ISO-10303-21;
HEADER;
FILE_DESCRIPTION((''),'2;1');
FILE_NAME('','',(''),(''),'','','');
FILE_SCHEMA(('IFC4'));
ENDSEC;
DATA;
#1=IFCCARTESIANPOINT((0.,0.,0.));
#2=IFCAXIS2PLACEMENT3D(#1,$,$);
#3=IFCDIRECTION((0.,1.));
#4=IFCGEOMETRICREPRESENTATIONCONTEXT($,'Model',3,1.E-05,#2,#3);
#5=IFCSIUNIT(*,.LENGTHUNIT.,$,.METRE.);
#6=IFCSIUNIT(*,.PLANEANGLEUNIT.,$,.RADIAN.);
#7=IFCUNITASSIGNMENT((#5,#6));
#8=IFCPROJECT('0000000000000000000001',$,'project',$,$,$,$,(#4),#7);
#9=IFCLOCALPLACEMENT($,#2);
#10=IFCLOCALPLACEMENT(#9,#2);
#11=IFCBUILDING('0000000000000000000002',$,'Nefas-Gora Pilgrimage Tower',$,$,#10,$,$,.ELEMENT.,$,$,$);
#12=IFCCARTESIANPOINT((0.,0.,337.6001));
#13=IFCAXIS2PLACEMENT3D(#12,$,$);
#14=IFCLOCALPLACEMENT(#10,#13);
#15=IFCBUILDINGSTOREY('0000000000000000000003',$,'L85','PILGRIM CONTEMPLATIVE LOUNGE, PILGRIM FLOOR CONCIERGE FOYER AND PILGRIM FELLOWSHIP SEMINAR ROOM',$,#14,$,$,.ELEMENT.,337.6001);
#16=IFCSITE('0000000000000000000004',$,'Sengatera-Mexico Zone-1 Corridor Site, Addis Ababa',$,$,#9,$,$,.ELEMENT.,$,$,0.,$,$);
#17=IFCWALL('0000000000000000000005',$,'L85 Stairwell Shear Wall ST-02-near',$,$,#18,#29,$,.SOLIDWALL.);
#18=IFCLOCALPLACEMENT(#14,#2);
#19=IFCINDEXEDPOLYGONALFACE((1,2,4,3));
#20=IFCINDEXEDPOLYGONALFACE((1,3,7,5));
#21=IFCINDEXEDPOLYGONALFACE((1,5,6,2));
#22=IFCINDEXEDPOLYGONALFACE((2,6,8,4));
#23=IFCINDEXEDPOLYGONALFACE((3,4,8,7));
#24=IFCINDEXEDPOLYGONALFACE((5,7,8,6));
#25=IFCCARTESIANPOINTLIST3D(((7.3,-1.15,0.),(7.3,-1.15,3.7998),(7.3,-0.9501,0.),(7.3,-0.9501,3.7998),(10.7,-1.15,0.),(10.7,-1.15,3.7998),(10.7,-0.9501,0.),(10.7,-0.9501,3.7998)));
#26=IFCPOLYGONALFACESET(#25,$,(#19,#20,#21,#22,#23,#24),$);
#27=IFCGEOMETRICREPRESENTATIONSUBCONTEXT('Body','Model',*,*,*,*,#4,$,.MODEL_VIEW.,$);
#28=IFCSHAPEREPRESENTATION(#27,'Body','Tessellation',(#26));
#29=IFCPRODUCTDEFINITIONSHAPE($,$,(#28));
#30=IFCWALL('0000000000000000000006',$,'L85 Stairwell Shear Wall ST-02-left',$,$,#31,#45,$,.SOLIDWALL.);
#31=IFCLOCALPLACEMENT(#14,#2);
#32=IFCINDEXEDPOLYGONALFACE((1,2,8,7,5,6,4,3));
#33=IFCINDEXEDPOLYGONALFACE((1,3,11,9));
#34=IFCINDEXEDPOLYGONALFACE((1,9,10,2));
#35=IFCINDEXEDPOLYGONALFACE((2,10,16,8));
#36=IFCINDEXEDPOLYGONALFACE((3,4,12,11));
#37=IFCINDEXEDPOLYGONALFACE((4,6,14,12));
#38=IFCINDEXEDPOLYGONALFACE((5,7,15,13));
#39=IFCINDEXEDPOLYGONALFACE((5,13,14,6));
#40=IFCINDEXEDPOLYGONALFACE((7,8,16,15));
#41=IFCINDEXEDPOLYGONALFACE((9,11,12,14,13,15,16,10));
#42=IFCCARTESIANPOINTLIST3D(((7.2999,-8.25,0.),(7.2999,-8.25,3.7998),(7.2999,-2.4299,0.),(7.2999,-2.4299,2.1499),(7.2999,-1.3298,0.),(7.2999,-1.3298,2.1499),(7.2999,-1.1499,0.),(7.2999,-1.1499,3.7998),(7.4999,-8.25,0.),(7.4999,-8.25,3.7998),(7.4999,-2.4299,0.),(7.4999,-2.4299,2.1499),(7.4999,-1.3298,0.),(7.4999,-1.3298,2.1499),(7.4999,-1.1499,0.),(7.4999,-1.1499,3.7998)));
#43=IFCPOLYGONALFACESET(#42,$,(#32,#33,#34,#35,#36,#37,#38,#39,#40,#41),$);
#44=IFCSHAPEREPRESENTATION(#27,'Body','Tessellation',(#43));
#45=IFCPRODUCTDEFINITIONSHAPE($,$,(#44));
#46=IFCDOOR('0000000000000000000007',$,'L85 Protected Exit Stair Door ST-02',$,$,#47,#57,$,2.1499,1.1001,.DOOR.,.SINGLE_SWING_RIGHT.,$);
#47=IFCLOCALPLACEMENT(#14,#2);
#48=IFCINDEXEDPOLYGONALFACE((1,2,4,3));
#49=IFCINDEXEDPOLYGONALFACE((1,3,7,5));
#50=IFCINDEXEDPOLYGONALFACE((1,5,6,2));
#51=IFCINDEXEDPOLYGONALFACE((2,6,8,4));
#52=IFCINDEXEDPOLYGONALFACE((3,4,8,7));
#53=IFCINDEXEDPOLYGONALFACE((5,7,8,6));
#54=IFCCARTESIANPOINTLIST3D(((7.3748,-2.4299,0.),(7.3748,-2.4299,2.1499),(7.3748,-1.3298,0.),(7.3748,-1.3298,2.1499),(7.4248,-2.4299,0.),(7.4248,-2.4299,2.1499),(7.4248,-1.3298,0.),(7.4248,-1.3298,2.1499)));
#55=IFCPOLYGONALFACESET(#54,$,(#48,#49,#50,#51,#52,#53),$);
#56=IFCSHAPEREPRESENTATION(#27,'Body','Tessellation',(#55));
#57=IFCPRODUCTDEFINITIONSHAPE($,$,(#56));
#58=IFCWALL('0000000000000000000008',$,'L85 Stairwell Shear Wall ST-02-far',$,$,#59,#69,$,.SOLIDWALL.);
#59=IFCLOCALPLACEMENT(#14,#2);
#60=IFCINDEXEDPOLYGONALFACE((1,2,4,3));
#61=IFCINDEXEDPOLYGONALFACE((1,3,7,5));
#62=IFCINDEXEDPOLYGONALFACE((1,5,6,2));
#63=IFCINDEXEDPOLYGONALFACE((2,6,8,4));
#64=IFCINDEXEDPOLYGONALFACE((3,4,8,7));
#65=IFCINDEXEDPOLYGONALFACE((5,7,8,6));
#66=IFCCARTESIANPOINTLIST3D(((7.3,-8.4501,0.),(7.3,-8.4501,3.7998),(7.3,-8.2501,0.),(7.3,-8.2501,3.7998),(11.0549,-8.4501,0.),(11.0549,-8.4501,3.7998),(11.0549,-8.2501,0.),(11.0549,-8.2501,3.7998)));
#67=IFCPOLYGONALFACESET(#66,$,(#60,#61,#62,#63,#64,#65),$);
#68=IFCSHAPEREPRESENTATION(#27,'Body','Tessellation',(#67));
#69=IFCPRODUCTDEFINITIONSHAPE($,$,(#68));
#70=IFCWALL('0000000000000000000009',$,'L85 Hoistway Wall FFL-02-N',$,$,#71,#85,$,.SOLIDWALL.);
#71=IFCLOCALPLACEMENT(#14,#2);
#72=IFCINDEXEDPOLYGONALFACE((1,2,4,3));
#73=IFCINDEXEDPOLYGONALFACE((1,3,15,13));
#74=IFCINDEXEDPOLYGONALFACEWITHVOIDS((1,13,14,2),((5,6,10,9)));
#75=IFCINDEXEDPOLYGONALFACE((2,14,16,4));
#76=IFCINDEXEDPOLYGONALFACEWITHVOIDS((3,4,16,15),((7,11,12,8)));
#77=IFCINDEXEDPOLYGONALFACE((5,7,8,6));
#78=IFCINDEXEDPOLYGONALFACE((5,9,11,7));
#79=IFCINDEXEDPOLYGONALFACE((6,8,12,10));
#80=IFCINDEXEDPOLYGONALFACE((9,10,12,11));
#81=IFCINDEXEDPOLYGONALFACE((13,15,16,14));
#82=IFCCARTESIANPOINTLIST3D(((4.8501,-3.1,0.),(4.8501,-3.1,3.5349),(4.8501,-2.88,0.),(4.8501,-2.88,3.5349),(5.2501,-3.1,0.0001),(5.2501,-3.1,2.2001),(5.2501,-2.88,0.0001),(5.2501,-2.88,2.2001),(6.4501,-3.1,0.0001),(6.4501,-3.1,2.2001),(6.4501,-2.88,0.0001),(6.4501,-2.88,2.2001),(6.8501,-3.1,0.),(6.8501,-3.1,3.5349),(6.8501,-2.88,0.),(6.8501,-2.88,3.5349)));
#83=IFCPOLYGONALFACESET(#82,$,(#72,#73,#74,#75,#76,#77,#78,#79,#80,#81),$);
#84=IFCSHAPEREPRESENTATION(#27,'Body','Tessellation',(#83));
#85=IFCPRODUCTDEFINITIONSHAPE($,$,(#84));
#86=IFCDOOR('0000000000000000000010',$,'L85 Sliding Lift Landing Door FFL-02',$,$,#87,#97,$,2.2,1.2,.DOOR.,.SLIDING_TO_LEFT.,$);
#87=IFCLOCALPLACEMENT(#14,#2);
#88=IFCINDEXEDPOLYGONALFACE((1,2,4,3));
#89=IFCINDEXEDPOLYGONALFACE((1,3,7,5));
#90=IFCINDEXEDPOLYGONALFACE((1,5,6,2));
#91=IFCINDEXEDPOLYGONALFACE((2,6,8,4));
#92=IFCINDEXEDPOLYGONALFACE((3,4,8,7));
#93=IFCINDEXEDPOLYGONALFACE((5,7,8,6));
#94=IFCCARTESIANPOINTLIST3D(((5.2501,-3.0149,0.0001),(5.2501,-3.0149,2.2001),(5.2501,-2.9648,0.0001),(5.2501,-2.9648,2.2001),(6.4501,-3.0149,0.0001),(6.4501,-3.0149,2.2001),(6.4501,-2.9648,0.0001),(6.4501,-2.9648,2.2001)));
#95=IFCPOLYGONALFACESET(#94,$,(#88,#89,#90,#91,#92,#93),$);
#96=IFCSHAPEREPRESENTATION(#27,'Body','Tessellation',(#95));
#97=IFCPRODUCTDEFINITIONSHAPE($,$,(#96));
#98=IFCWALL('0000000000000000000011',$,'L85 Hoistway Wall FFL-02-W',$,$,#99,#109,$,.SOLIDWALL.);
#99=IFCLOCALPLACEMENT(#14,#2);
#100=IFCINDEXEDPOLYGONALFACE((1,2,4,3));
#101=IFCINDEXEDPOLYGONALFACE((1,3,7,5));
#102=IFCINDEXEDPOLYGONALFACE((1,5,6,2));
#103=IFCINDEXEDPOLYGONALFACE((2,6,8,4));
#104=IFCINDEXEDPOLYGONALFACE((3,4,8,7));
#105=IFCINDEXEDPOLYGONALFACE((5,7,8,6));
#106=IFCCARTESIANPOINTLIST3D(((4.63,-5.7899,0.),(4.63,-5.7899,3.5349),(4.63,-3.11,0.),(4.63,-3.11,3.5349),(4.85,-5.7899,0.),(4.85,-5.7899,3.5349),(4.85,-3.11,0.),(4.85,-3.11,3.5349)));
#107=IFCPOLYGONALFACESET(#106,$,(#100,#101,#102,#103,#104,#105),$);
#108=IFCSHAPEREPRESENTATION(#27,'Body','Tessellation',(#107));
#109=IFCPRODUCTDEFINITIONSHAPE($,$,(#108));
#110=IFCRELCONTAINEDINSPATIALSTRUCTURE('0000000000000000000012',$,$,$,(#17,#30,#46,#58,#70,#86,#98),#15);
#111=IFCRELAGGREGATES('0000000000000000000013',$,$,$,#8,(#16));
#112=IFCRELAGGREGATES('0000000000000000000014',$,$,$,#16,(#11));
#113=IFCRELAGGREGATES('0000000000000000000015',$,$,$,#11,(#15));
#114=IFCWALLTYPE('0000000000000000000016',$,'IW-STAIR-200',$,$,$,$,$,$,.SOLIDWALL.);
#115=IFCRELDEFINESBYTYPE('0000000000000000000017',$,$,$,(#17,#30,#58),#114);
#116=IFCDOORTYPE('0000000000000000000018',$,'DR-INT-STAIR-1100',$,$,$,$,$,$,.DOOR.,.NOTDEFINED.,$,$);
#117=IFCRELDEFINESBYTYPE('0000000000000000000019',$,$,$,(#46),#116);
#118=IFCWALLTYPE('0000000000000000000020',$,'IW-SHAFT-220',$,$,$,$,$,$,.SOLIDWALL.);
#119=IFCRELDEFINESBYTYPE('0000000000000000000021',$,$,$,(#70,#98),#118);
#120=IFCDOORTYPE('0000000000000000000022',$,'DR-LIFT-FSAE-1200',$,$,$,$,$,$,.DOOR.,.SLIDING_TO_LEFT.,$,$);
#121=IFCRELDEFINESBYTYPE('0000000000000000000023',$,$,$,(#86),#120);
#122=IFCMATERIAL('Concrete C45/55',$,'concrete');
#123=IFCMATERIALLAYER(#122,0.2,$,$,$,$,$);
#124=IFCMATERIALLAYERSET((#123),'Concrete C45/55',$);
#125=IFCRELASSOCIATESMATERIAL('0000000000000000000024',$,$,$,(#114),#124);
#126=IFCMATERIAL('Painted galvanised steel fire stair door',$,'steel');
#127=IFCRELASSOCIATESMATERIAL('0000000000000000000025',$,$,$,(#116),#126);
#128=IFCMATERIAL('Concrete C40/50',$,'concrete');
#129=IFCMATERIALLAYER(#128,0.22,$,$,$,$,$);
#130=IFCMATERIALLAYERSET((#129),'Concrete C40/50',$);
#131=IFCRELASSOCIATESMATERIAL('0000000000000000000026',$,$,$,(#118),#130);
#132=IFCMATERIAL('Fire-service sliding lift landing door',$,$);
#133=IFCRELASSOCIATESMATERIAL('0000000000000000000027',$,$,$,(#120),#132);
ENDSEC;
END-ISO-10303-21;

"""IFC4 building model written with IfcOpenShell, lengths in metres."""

from ifc_helpers import new_model, si_unit, direction, frame, frame_2d, origin, place, context, subcontext, project, spatial, rectangle, extrude, source, transform, mapped, material, layer, layer_set, type_object, element, fill, save


model = new_model("IFC4")

# Units and contexts
model_context = context("Model", 3, precision=1e-05, world=origin(), true_north=direction((0.0, 1.0)))
body_context = subcontext(model_context, "Body", "Model", "MODEL_VIEW")
ifc_project = project(units=[si_unit("LENGTHUNIT", "METRE"), si_unit("PLANEANGLEUNIT", "RADIAN")], contexts=[model_context])

# Site, building, storey
site_placement = place(None, origin())
site = spatial("IfcSite", under=ifc_project, at=site_placement, Name="Sengatera-Mexico Zone-1 Corridor Site, Addis Ababa", CompositionType="ELEMENT", RefElevation=0.0)
building_placement = place(site_placement, origin())
building = spatial("IfcBuilding", under=site, at=building_placement, Name="Nefas-Gora Pilgrimage Tower", CompositionType="ELEMENT")
storey_placement = place(building_placement, frame((0.0, 0.0, 337.6001)))
storey = spatial("IfcBuildingStorey", under=building, at=storey_placement, Name="L85", Description="PILGRIM CONTEMPLATIVE LOUNGE, PILGRIM FLOOR CONCIERGE FOYER AND PILGRIM FELLOWSHIP SEMINAR ROOM", CompositionType="ELEMENT", Elevation=337.6001)

# Wall
ifc_material_1 = material(Name="Concrete C45/55", Category="concrete")
ifc_layer_1 = layer(ifc_material_1, 0.2)
ifc_layer_set_1 = layer_set([ifc_layer_1], Name="Concrete C45/55")
wall_type_1 = type_object("IfcWallType", Name="IW-STAIR-200", PredefinedType="SOLIDWALL", material=ifc_layer_set_1)
shared_shape_1 = source(origin(), body_context, "Body", "SweptSolid", [
    extrude(rectangle(XDim=3.3999, YDim=0.2, at=frame_2d((1.7, 0.0))), origin(), (0.0, 0.0, 1.0), 3.7998),
])
wall_1_placement = place(storey_placement, frame((7.3, -1.05, 0.0), z_axis=(0.0, 0.0, 1.0), x_axis=(1.0, 0.0, 0.0)))
element("IfcWall", 1, at=wall_1_placement, inside=storey, type_object=wall_type_1, Name="L85 Stairwell Shear Wall ST-02-near", PredefinedType="SOLIDWALL", context=body_context, shape_type="MappedRepresentation", body=[
    mapped(shared_shape_1, transform((0.0, 0.0, 0.0), x_axis=(1.0, 0.0, 0.0), y_axis=(0.0, 1.0, 0.0), z_axis=(0.0, 0.0, 1.0), scale=1.0)),
])

# Wall, opening, door
shared_shape_2 = source(origin(), body_context, "Body", "SweptSolid", [
    extrude(rectangle(XDim=7.1001, YDim=0.2, at=frame_2d((3.55, 0.0))), origin(), (0.0, 0.0, 1.0), 3.7998),
])
wall_2_placement = place(storey_placement, frame((7.3999, -1.1499, 0.0), z_axis=(0.0, 0.0, 1.0), x_axis=(0.0, -1.0, 0.0)))
wall_2 = element("IfcWall", 2, at=wall_2_placement, inside=storey, type_object=wall_type_1, Name="L85 Stairwell Shear Wall ST-02-left", PredefinedType="SOLIDWALL", context=body_context, shape_type="MappedRepresentation", body=[
    mapped(shared_shape_2, transform((0.0, 0.0, 0.0), x_axis=(1.0, 0.0, 0.0), y_axis=(0.0, 1.0, 0.0), z_axis=(0.0, 0.0, 1.0), scale=1.0)),
])
opening_1_placement = place(wall_2_placement, frame((0.1799, 0.0, 0.0)))
opening_1 = element("IfcOpeningElement", 3, at=opening_1_placement, cuts=wall_2, PredefinedType="OPENING", context=body_context, shape_type="SweptSolid", body=[
    extrude(rectangle(XDim=1.1001, YDim=2.1499, at=frame_2d((0.55, 1.075))), frame((0.0, 0.1099, 0.0), z_axis=(0.0, -1.0, 0.0), x_axis=(1.0, 0.0, 0.0)), (0.0, 0.0, 1.0), 0.22),
])
ifc_material_2 = material(Name="Painted galvanised steel fire stair door", Category="steel")
door_type_1 = type_object("IfcDoorType", Name="DR-INT-STAIR-1100", OperationType="NOTDEFINED", PredefinedType="DOOR", material=ifc_material_2)
shared_shape_3 = source(origin(), body_context, "Body", "SweptSolid", [
    extrude(rectangle(XDim=1.1001, YDim=2.1499, at=frame_2d((0.55, 1.075))), frame((0.0, 0.0249, 0.0), z_axis=(0.0, -1.0, 0.0), x_axis=(1.0, 0.0, 0.0)), (0.0, 0.0, 1.0), 0.05),
])
door_1_placement = place(opening_1_placement, origin())
door_1 = element("IfcDoor", 4, at=door_1_placement, inside=storey, type_object=door_type_1, Name="L85 Protected Exit Stair Door ST-02", OperationType="SINGLE_SWING_RIGHT", OverallHeight=2.1499, OverallWidth=1.1001, PredefinedType="DOOR", context=body_context, shape_type="MappedRepresentation", body=[
    mapped(shared_shape_3, transform((0.0, 0.0, 0.0), x_axis=(1.0, 0.0, 0.0), y_axis=(0.0, 1.0, 0.0), z_axis=(0.0, 0.0, 1.0), scale=1.0)),
])
fill(opening_1, door_1)

# Wall
shared_shape_4 = source(origin(), body_context, "Body", "SweptSolid", [
    extrude(rectangle(XDim=3.7549, YDim=0.2, at=frame_2d((1.8774, 0.0))), origin(), (0.0, 0.0, 1.0), 3.7998),
])
wall_3_placement = place(storey_placement, frame((7.3, -8.3501, 0.0), z_axis=(0.0, 0.0, 1.0), x_axis=(1.0, 0.0, 0.0)))
element("IfcWall", 5, at=wall_3_placement, inside=storey, type_object=wall_type_1, Name="L85 Stairwell Shear Wall ST-02-far", PredefinedType="SOLIDWALL", context=body_context, shape_type="MappedRepresentation", body=[
    mapped(shared_shape_4, transform((0.0, 0.0, 0.0), x_axis=(1.0, 0.0, 0.0), y_axis=(0.0, 1.0, 0.0), z_axis=(0.0, 0.0, 1.0), scale=1.0)),
])

# Wall, opening, door
ifc_material_3 = material(Name="Concrete C40/50", Category="concrete")
ifc_layer_2 = layer(ifc_material_3, 0.22)
ifc_layer_set_2 = layer_set([ifc_layer_2], Name="Concrete C40/50")
wall_type_2 = type_object("IfcWallType", Name="IW-SHAFT-220", PredefinedType="SOLIDWALL", material=ifc_layer_set_2)
shared_shape_5 = source(origin(), body_context, "Body", "SweptSolid", [
    extrude(rectangle(XDim=2.0, YDim=0.22, at=frame_2d((1.0, 0.0))), origin(), (0.0, 0.0, 1.0), 3.5349),
])
wall_4_placement = place(storey_placement, frame((6.8501, -2.99, 0.0), z_axis=(0.0, 0.0, 1.0), x_axis=(-1.0, 0.0, 0.0)))
wall_4 = element("IfcWall", 6, at=wall_4_placement, inside=storey, type_object=wall_type_2, Name="L85 Hoistway Wall FFL-02-N", PredefinedType="SOLIDWALL", context=body_context, shape_type="MappedRepresentation", body=[
    mapped(shared_shape_5, transform((0.0, 0.0, 0.0), x_axis=(1.0, 0.0, 0.0), y_axis=(0.0, 1.0, 0.0), z_axis=(0.0, 0.0, 1.0), scale=1.0)),
])
opening_2_placement = place(wall_4_placement, frame((0.3999, 0.0, 0.0)))
opening_2 = element("IfcOpeningElement", 7, at=opening_2_placement, cuts=wall_4, PredefinedType="OPENING", context=body_context, shape_type="SweptSolid", body=[
    extrude(rectangle(XDim=1.2, YDim=2.2, at=frame_2d((0.6001, 1.1001))), frame((0.0, 0.1199, 0.0), z_axis=(0.0, -1.0, 0.0), x_axis=(1.0, 0.0, 0.0)), (0.0, 0.0, 1.0), 0.24),
])
ifc_material_4 = material(Name="Fire-service sliding lift landing door")
door_type_2 = type_object("IfcDoorType", Name="DR-LIFT-FSAE-1200", OperationType="SLIDING_TO_LEFT", PredefinedType="DOOR", material=ifc_material_4)
shared_shape_6 = source(origin(), body_context, "Body", "SweptSolid", [
    extrude(rectangle(XDim=1.2, YDim=2.2, at=frame_2d((0.6001, 1.1001))), frame((0.0, 0.0249, 0.0), z_axis=(0.0, -1.0, 0.0), x_axis=(1.0, 0.0, 0.0)), (0.0, 0.0, 1.0), 0.05),
])
door_2_placement = place(opening_2_placement, origin())
door_2 = element("IfcDoor", 8, at=door_2_placement, inside=storey, type_object=door_type_2, Name="L85 Sliding Lift Landing Door FFL-02", OperationType="SLIDING_TO_LEFT", OverallHeight=2.2, OverallWidth=1.2, PredefinedType="DOOR", context=body_context, shape_type="MappedRepresentation", body=[
    mapped(shared_shape_6, transform((0.0, 0.0, 0.0), x_axis=(1.0, 0.0, 0.0), y_axis=(0.0, 1.0, 0.0), z_axis=(0.0, 0.0, 1.0), scale=1.0)),
])
fill(opening_2, door_2)

# Wall
shared_shape_7 = source(origin(), body_context, "Body", "SweptSolid", [
    extrude(rectangle(XDim=2.6799, YDim=0.22, at=frame_2d((1.3398, 0.0))), origin(), (0.0, 0.0, 1.0), 3.5349),
])
wall_5_placement = place(storey_placement, frame((4.74, -3.1101, 0.0), z_axis=(0.0, 0.0, 1.0), x_axis=(0.0, -1.0, 0.0)))
element("IfcWall", 9, at=wall_5_placement, inside=storey, type_object=wall_type_2, Name="L85 Hoistway Wall FFL-02-W", PredefinedType="SOLIDWALL", context=body_context, shape_type="MappedRepresentation", body=[
    mapped(shared_shape_7, transform((0.0, 0.0, 0.0), x_axis=(1.0, 0.0, 0.0), y_axis=(0.0, 1.0, 0.0), z_axis=(0.0, 0.0, 1.0), scale=1.0)),
])

save(model, "model.ifc")
